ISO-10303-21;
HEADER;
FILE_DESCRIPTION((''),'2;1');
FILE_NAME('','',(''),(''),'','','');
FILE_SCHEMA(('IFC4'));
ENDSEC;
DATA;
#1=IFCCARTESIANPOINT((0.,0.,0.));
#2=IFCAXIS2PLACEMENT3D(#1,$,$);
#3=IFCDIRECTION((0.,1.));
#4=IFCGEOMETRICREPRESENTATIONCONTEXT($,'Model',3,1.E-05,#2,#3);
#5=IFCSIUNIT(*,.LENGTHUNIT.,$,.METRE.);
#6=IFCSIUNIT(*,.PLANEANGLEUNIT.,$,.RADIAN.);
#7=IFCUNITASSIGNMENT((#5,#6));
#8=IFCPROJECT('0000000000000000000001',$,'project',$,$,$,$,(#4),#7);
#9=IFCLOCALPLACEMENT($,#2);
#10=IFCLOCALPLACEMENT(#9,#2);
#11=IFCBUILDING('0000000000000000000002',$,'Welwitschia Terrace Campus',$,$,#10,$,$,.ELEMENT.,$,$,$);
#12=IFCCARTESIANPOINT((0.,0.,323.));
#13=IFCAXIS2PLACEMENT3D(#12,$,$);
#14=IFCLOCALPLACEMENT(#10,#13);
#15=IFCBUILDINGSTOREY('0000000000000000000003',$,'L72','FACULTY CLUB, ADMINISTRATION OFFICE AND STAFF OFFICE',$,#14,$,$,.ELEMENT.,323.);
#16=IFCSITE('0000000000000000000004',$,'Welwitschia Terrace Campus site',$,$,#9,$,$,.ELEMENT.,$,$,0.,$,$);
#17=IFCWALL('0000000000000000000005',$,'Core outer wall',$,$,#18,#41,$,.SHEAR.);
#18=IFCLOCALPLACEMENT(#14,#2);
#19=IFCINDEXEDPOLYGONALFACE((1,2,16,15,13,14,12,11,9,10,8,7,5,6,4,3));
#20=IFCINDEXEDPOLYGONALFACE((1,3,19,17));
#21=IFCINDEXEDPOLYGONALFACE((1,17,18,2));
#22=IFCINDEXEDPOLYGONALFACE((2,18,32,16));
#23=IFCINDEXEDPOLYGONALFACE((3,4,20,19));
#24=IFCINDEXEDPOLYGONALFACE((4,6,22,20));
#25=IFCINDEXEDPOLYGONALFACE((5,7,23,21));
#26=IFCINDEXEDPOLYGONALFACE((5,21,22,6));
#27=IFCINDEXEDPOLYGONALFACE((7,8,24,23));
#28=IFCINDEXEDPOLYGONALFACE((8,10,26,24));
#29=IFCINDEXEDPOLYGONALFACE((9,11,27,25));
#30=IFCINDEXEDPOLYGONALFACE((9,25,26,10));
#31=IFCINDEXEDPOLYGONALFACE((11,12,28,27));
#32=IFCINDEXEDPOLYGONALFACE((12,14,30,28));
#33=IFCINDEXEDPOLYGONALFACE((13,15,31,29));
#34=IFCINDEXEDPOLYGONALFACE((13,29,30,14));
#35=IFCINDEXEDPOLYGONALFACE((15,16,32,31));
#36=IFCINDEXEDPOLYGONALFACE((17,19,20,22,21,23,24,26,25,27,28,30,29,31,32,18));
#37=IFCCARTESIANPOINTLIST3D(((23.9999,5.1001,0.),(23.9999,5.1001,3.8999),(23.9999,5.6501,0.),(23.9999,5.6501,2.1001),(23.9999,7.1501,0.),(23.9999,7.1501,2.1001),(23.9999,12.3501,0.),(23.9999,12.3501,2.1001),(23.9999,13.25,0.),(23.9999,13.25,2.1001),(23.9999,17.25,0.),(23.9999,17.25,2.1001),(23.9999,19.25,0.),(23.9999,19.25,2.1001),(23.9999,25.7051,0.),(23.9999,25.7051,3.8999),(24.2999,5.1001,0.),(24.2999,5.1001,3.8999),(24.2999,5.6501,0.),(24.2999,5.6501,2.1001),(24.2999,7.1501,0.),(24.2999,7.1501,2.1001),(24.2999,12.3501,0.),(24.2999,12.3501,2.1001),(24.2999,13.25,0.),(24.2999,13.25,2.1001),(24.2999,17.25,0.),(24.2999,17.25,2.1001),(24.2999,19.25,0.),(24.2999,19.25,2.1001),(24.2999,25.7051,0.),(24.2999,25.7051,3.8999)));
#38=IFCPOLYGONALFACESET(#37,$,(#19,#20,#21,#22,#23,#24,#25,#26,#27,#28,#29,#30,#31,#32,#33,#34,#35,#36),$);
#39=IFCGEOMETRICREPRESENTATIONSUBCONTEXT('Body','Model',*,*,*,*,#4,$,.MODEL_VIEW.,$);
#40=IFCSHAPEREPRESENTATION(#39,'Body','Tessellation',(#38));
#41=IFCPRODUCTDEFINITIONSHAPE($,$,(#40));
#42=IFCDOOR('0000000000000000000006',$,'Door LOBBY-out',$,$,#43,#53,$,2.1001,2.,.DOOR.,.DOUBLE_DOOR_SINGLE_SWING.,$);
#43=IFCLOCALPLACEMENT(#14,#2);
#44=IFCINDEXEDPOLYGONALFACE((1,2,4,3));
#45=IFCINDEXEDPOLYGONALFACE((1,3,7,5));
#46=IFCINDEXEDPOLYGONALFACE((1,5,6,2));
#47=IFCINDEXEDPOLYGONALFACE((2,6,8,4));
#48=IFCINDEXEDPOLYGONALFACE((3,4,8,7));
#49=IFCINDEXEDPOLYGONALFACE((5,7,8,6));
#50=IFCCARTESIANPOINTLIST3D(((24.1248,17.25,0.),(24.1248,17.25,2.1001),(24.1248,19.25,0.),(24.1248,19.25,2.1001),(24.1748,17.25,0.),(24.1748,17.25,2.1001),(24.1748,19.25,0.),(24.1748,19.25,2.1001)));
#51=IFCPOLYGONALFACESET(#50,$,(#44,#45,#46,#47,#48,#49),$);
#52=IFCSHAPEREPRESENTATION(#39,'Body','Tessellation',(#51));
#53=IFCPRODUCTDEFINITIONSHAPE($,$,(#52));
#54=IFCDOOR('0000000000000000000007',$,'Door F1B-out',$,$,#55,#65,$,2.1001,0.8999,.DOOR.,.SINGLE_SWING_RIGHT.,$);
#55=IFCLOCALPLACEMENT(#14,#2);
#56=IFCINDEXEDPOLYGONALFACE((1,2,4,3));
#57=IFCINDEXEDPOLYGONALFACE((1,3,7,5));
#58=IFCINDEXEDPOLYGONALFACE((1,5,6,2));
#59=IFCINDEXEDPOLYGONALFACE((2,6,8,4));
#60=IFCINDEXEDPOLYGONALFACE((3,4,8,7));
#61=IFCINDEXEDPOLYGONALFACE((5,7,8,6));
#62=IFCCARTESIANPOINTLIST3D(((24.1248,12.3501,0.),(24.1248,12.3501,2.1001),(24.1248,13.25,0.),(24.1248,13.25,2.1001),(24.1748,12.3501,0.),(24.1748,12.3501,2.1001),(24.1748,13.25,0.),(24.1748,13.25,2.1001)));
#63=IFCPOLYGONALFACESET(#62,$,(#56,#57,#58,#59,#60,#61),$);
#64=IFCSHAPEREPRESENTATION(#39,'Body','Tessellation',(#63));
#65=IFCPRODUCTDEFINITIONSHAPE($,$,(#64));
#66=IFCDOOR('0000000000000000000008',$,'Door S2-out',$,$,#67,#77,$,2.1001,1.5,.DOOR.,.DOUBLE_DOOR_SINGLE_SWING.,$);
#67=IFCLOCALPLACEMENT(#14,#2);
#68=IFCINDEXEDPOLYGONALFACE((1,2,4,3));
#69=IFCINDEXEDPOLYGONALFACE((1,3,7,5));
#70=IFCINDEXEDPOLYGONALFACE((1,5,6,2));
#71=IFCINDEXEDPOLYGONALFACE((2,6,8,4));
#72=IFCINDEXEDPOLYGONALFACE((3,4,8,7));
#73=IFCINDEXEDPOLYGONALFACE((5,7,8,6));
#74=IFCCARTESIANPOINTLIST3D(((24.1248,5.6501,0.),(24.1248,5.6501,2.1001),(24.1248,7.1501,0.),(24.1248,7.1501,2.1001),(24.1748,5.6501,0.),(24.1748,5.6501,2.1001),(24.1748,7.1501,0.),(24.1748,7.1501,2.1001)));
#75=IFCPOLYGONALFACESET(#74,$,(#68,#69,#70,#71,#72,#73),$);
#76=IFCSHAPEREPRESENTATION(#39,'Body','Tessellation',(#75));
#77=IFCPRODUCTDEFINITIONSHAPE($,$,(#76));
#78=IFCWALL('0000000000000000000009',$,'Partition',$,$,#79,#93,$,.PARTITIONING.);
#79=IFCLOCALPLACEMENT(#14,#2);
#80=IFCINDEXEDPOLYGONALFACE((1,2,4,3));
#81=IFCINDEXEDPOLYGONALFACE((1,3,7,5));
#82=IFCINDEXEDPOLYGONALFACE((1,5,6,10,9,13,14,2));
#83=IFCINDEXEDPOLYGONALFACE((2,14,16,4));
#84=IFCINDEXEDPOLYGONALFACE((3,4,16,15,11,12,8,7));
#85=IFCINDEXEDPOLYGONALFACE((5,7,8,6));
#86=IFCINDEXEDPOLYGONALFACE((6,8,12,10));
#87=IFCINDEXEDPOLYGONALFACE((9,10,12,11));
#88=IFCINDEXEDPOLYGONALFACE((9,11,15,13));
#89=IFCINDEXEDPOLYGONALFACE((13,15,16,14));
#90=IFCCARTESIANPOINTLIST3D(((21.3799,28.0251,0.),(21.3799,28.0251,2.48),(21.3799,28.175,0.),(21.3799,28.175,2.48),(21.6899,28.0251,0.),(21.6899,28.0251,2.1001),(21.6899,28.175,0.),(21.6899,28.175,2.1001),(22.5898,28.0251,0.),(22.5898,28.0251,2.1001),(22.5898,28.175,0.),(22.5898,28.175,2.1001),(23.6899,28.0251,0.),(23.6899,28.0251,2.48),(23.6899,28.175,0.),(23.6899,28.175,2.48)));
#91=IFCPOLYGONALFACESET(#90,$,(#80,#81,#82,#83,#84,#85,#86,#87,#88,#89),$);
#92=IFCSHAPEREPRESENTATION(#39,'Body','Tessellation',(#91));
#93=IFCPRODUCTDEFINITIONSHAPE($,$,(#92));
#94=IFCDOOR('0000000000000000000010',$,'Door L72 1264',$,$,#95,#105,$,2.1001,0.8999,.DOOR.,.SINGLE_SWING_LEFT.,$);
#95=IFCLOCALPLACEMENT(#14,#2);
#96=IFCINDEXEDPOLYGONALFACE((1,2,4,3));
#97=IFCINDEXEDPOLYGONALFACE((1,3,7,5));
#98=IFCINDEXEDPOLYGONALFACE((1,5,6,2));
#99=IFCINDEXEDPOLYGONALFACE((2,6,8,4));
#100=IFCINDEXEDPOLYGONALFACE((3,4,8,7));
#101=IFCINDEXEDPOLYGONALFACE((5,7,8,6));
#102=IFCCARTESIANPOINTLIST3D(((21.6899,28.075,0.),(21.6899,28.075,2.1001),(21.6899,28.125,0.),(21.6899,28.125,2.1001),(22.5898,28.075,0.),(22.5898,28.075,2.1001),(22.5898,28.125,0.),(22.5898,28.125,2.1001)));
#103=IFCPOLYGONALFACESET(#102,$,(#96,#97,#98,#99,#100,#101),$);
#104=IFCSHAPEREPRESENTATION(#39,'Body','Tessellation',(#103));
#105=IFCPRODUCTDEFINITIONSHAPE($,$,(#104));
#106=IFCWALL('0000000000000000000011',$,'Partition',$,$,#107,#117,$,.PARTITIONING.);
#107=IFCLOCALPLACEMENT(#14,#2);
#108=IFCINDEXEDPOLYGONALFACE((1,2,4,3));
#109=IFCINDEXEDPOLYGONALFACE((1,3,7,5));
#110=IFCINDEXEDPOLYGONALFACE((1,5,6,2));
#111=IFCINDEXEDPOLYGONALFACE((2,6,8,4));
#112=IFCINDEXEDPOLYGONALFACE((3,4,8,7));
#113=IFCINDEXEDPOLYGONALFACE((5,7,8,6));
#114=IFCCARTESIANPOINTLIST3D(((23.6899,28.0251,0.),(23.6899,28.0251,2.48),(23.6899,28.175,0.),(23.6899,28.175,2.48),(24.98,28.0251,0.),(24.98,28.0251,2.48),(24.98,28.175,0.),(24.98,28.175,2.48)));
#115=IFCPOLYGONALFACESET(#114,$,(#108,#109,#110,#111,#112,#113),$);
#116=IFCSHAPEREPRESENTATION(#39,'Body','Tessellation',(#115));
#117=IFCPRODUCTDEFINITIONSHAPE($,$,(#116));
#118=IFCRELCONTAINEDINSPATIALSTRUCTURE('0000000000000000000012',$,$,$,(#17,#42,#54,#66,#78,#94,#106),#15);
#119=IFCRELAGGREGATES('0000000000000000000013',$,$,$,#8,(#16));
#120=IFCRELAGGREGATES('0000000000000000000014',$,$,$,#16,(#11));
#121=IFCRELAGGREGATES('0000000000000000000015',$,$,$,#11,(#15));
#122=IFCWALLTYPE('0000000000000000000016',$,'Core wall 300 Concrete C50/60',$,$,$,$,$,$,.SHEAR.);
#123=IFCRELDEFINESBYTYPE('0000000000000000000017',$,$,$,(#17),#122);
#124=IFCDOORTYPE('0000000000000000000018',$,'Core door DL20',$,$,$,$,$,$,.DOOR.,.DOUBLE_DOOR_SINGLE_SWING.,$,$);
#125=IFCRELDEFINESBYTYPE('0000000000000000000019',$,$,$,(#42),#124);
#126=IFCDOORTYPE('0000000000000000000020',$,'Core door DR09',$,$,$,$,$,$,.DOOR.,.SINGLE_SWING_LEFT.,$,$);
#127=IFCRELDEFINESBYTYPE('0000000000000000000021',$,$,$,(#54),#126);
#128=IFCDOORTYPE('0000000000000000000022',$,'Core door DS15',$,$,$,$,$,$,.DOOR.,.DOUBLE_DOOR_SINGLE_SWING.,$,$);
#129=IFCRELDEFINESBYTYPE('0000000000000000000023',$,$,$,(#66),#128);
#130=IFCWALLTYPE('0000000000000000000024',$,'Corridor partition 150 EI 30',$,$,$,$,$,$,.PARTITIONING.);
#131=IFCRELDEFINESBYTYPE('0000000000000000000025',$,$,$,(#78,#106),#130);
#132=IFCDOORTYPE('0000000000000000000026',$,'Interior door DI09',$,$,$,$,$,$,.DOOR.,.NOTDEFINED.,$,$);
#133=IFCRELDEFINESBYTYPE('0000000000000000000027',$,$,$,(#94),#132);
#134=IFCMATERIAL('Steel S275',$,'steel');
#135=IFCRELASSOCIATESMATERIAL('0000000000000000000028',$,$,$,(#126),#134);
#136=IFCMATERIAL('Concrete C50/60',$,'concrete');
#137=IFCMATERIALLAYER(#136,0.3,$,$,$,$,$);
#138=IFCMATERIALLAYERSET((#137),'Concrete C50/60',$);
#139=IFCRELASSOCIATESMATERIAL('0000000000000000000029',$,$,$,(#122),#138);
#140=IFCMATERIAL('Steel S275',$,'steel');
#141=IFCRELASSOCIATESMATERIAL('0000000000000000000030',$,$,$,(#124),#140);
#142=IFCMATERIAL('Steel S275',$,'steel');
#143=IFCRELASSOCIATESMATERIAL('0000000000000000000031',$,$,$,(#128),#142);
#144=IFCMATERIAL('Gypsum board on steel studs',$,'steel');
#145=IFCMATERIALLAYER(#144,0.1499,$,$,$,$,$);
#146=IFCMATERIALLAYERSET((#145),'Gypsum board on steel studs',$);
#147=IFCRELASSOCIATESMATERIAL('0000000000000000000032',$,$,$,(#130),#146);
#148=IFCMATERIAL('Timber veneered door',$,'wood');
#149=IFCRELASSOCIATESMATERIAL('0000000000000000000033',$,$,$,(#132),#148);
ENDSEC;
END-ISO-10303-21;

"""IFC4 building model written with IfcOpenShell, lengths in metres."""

from ifc_helpers import new_model, si_unit, direction, frame, frame_2d, origin, place, context, subcontext, project, spatial, rectangle, extrude, material, layer, layer_set, type_object, element, fill, save


model = new_model("IFC4")

# Units and contexts
model_context = context("Model", 3, precision=1e-05, world=origin(), true_north=direction((0.0, 1.0)))
body_context = subcontext(model_context, "Body", "Model", "MODEL_VIEW")
ifc_project = project(units=[si_unit("LENGTHUNIT", "METRE"), si_unit("PLANEANGLEUNIT", "RADIAN")], contexts=[model_context])

# Site, building, storey
site_placement = place(None, origin())
site = spatial("IfcSite", under=ifc_project, at=site_placement, Name="Welwitschia Terrace Campus site", CompositionType="ELEMENT", RefElevation=0.0)
building_placement = place(site_placement, origin())
building = spatial("IfcBuilding", under=site, at=building_placement, Name="Welwitschia Terrace Campus", CompositionType="ELEMENT")
storey_placement = place(building_placement, frame((0.0, 0.0, 323.0)))
storey = spatial("IfcBuildingStorey", under=building, at=storey_placement, Name="L72", Description="FACULTY CLUB, ADMINISTRATION OFFICE AND STAFF OFFICE", CompositionType="ELEMENT", Elevation=323.0)

# Wall, openings, doors
ifc_material_1 = material(Name="Steel S275", Category="steel")
door_type_1 = type_object("IfcDoorType", Name="Core door DR09", OperationType="SINGLE_SWING_LEFT", PredefinedType="DOOR", material=ifc_material_1)
ifc_material_2 = material(Name="Concrete C50/60", Category="concrete")
ifc_layer_1 = layer(ifc_material_2, 0.3)
ifc_layer_set_1 = layer_set([ifc_layer_1], Name="Concrete C50/60")
wall_type_1 = type_object("IfcWallType", Name="Core wall 300 Concrete C50/60", PredefinedType="SHEAR", material=ifc_layer_set_1)
wall_1_placement = place(storey_placement, frame((24.1499, 25.7051, 0.0), z_axis=(0.0, 0.0, 1.0), x_axis=(0.0, -1.0, 0.0)))
wall_1 = element("IfcWall", 1, at=wall_1_placement, inside=storey, type_object=wall_type_1, Name="Core outer wall", PredefinedType="SHEAR", context=body_context, shape_type="SweptSolid", body=[
    extrude(rectangle(XDim=20.605, YDim=0.3, at=frame_2d((10.3025, 0.0))), origin(), (0.0, 0.0, 1.0), 3.8999),
])
opening_1_placement = place(wall_1_placement, frame((18.5549, 0.0, 0.0)))
opening_1 = element("IfcOpeningElement", 2, at=opening_1_placement, cuts=wall_1, PredefinedType="OPENING", context=body_context, shape_type="SweptSolid", body=[
    extrude(rectangle(XDim=1.5, YDim=2.1001, at=frame_2d((0.75, 1.05))), frame((0.0, 0.1599, 0.0), z_axis=(0.0, -1.0, 0.0), x_axis=(1.0, 0.0, 0.0)), (0.0, 0.0, 1.0), 0.3201),
])
opening_2_placement = place(wall_1_placement, frame((12.4551, 0.0, 0.0)))
opening_2 = element("IfcOpeningElement", 3, at=opening_2_placement, cuts=wall_1, PredefinedType="OPENING", context=body_context, shape_type="SweptSolid", body=[
    extrude(rectangle(XDim=0.8999, YDim=2.1001, at=frame_2d((0.45, 1.05))), frame((0.0, 0.1599, 0.0), z_axis=(0.0, -1.0, 0.0), x_axis=(1.0, 0.0, 0.0)), (0.0, 0.0, 1.0), 0.3201),
])
opening_3_placement = place(wall_1_placement, frame((6.4551, 0.0, 0.0)))
opening_3 = element("IfcOpeningElement", 4, at=opening_3_placement, cuts=wall_1, PredefinedType="OPENING", context=body_context, shape_type="SweptSolid", body=[
    extrude(rectangle(XDim=2.0, YDim=2.1001, at=frame_2d((1.0, 1.05))), frame((0.0, 0.1599, 0.0), z_axis=(0.0, -1.0, 0.0), x_axis=(1.0, 0.0, 0.0)), (0.0, 0.0, 1.0), 0.3201),
])
ifc_material_3 = material(Name="Steel S275", Category="steel")
door_type_2 = type_object("IfcDoorType", Name="Core door DL20", OperationType="DOUBLE_DOOR_SINGLE_SWING", PredefinedType="DOOR", material=ifc_material_3)
door_1_placement = place(opening_3_placement, origin())
door_1 = element("IfcDoor", 5, at=door_1_placement, inside=storey, type_object=door_type_2, Name="Door LOBBY-out", OperationType="DOUBLE_DOOR_SINGLE_SWING", OverallHeight=2.1001, OverallWidth=2.0, PredefinedType="DOOR", context=body_context, shape_type="SweptSolid", body=[
    extrude(rectangle(XDim=2.0, YDim=2.1001, at=frame_2d((1.0, 1.05))), frame((0.0, 0.0249, 0.0), z_axis=(0.0, -1.0, 0.0), x_axis=(1.0, 0.0, 0.0)), (0.0, 0.0, 1.0), 0.05),
])
fill(opening_3, door_1)
door_2_placement = place(opening_2_placement, origin())
door_2 = element("IfcDoor", 6, at=door_2_placement, inside=storey, type_object=door_type_1, Name="Door F1B-out", OperationType="SINGLE_SWING_RIGHT", OverallHeight=2.1001, OverallWidth=0.8999, PredefinedType="DOOR", context=body_context, shape_type="SweptSolid", body=[
    extrude(rectangle(XDim=0.8999, YDim=2.1001, at=frame_2d((0.45, 1.05))), frame((0.0, 0.0249, 0.0), z_axis=(0.0, -1.0, 0.0), x_axis=(1.0, 0.0, 0.0)), (0.0, 0.0, 1.0), 0.05),
])
fill(opening_2, door_2)
ifc_material_4 = material(Name="Steel S275", Category="steel")
door_type_3 = type_object("IfcDoorType", Name="Core door DS15", OperationType="DOUBLE_DOOR_SINGLE_SWING", PredefinedType="DOOR", material=ifc_material_4)
door_3_placement = place(opening_1_placement, origin())
door_3 = element("IfcDoor", 7, at=door_3_placement, inside=storey, type_object=door_type_3, Name="Door S2-out", OperationType="DOUBLE_DOOR_SINGLE_SWING", OverallHeight=2.1001, OverallWidth=1.5, PredefinedType="DOOR", context=body_context, shape_type="SweptSolid", body=[
    extrude(rectangle(XDim=1.5, YDim=2.1001, at=frame_2d((0.75, 1.05))), frame((0.0, 0.0249, 0.0), z_axis=(0.0, -1.0, 0.0), x_axis=(1.0, 0.0, 0.0)), (0.0, 0.0, 1.0), 0.05),
])
fill(opening_1, door_3)

# Wall, opening, door
ifc_material_5 = material(Name="Gypsum board on steel studs", Category="steel")
ifc_layer_2 = layer(ifc_material_5, 0.1499)
ifc_layer_set_2 = layer_set([ifc_layer_2], Name="Gypsum board on steel studs")
wall_type_2 = type_object("IfcWallType", Name="Corridor partition 150 EI 30", PredefinedType="PARTITIONING", material=ifc_layer_set_2)
wall_2_placement = place(storey_placement, frame((21.3799, 28.1001, 0.0), z_axis=(0.0, 0.0, 1.0), x_axis=(1.0, 0.0, 0.0)))
wall_2 = element("IfcWall", 8, at=wall_2_placement, inside=storey, type_object=wall_type_2, Name="Partition", PredefinedType="PARTITIONING", context=body_context, shape_type="SweptSolid", body=[
    extrude(rectangle(XDim=2.3101, YDim=0.1499, at=frame_2d((1.155, 0.0))), origin(), (0.0, 0.0, 1.0), 2.48),
])
opening_4_placement = place(wall_2_placement, frame((0.3101, 0.0, 0.0)))
opening_4 = element("IfcOpeningElement", 9, at=opening_4_placement, cuts=wall_2, PredefinedType="OPENING", context=body_context, shape_type="SweptSolid", body=[
    extrude(rectangle(XDim=0.8999, YDim=2.1001, at=frame_2d((0.45, 1.05))), frame((0.0, 0.085, 0.0), z_axis=(0.0, -1.0, 0.0), x_axis=(1.0, 0.0, 0.0)), (0.0, 0.0, 1.0), 0.1699),
])
ifc_material_6 = material(Name="Timber veneered door", Category="wood")
door_type_4 = type_object("IfcDoorType", Name="Interior door DI09", OperationType="NOTDEFINED", PredefinedType="DOOR", material=ifc_material_6)
door_4_placement = place(opening_4_placement, origin())
door_4 = element("IfcDoor", 10, at=door_4_placement, inside=storey, type_object=door_type_4, Name="Door L72 1264", OperationType="SINGLE_SWING_LEFT", OverallHeight=2.1001, OverallWidth=0.8999, PredefinedType="DOOR", context=body_context, shape_type="SweptSolid", body=[
    extrude(rectangle(XDim=0.8999, YDim=2.1001, at=frame_2d((0.45, 1.05))), frame((0.0, 0.0249, 0.0), z_axis=(0.0, -1.0, 0.0), x_axis=(1.0, 0.0, 0.0)), (0.0, 0.0, 1.0), 0.05),
])
fill(opening_4, door_4)

# Wall
wall_3_placement = place(storey_placement, frame((23.6899, 28.1001, 0.0), z_axis=(0.0, 0.0, 1.0), x_axis=(1.0, 0.0, 0.0)))
element("IfcWall", 11, at=wall_3_placement, inside=storey, type_object=wall_type_2, Name="Partition", PredefinedType="PARTITIONING", context=body_context, shape_type="SweptSolid", body=[
    extrude(rectangle(XDim=1.29, YDim=0.1499, at=frame_2d((0.645, 0.0))), origin(), (0.0, 0.0, 1.0), 2.48),
])

save(model, "model.ifc")
